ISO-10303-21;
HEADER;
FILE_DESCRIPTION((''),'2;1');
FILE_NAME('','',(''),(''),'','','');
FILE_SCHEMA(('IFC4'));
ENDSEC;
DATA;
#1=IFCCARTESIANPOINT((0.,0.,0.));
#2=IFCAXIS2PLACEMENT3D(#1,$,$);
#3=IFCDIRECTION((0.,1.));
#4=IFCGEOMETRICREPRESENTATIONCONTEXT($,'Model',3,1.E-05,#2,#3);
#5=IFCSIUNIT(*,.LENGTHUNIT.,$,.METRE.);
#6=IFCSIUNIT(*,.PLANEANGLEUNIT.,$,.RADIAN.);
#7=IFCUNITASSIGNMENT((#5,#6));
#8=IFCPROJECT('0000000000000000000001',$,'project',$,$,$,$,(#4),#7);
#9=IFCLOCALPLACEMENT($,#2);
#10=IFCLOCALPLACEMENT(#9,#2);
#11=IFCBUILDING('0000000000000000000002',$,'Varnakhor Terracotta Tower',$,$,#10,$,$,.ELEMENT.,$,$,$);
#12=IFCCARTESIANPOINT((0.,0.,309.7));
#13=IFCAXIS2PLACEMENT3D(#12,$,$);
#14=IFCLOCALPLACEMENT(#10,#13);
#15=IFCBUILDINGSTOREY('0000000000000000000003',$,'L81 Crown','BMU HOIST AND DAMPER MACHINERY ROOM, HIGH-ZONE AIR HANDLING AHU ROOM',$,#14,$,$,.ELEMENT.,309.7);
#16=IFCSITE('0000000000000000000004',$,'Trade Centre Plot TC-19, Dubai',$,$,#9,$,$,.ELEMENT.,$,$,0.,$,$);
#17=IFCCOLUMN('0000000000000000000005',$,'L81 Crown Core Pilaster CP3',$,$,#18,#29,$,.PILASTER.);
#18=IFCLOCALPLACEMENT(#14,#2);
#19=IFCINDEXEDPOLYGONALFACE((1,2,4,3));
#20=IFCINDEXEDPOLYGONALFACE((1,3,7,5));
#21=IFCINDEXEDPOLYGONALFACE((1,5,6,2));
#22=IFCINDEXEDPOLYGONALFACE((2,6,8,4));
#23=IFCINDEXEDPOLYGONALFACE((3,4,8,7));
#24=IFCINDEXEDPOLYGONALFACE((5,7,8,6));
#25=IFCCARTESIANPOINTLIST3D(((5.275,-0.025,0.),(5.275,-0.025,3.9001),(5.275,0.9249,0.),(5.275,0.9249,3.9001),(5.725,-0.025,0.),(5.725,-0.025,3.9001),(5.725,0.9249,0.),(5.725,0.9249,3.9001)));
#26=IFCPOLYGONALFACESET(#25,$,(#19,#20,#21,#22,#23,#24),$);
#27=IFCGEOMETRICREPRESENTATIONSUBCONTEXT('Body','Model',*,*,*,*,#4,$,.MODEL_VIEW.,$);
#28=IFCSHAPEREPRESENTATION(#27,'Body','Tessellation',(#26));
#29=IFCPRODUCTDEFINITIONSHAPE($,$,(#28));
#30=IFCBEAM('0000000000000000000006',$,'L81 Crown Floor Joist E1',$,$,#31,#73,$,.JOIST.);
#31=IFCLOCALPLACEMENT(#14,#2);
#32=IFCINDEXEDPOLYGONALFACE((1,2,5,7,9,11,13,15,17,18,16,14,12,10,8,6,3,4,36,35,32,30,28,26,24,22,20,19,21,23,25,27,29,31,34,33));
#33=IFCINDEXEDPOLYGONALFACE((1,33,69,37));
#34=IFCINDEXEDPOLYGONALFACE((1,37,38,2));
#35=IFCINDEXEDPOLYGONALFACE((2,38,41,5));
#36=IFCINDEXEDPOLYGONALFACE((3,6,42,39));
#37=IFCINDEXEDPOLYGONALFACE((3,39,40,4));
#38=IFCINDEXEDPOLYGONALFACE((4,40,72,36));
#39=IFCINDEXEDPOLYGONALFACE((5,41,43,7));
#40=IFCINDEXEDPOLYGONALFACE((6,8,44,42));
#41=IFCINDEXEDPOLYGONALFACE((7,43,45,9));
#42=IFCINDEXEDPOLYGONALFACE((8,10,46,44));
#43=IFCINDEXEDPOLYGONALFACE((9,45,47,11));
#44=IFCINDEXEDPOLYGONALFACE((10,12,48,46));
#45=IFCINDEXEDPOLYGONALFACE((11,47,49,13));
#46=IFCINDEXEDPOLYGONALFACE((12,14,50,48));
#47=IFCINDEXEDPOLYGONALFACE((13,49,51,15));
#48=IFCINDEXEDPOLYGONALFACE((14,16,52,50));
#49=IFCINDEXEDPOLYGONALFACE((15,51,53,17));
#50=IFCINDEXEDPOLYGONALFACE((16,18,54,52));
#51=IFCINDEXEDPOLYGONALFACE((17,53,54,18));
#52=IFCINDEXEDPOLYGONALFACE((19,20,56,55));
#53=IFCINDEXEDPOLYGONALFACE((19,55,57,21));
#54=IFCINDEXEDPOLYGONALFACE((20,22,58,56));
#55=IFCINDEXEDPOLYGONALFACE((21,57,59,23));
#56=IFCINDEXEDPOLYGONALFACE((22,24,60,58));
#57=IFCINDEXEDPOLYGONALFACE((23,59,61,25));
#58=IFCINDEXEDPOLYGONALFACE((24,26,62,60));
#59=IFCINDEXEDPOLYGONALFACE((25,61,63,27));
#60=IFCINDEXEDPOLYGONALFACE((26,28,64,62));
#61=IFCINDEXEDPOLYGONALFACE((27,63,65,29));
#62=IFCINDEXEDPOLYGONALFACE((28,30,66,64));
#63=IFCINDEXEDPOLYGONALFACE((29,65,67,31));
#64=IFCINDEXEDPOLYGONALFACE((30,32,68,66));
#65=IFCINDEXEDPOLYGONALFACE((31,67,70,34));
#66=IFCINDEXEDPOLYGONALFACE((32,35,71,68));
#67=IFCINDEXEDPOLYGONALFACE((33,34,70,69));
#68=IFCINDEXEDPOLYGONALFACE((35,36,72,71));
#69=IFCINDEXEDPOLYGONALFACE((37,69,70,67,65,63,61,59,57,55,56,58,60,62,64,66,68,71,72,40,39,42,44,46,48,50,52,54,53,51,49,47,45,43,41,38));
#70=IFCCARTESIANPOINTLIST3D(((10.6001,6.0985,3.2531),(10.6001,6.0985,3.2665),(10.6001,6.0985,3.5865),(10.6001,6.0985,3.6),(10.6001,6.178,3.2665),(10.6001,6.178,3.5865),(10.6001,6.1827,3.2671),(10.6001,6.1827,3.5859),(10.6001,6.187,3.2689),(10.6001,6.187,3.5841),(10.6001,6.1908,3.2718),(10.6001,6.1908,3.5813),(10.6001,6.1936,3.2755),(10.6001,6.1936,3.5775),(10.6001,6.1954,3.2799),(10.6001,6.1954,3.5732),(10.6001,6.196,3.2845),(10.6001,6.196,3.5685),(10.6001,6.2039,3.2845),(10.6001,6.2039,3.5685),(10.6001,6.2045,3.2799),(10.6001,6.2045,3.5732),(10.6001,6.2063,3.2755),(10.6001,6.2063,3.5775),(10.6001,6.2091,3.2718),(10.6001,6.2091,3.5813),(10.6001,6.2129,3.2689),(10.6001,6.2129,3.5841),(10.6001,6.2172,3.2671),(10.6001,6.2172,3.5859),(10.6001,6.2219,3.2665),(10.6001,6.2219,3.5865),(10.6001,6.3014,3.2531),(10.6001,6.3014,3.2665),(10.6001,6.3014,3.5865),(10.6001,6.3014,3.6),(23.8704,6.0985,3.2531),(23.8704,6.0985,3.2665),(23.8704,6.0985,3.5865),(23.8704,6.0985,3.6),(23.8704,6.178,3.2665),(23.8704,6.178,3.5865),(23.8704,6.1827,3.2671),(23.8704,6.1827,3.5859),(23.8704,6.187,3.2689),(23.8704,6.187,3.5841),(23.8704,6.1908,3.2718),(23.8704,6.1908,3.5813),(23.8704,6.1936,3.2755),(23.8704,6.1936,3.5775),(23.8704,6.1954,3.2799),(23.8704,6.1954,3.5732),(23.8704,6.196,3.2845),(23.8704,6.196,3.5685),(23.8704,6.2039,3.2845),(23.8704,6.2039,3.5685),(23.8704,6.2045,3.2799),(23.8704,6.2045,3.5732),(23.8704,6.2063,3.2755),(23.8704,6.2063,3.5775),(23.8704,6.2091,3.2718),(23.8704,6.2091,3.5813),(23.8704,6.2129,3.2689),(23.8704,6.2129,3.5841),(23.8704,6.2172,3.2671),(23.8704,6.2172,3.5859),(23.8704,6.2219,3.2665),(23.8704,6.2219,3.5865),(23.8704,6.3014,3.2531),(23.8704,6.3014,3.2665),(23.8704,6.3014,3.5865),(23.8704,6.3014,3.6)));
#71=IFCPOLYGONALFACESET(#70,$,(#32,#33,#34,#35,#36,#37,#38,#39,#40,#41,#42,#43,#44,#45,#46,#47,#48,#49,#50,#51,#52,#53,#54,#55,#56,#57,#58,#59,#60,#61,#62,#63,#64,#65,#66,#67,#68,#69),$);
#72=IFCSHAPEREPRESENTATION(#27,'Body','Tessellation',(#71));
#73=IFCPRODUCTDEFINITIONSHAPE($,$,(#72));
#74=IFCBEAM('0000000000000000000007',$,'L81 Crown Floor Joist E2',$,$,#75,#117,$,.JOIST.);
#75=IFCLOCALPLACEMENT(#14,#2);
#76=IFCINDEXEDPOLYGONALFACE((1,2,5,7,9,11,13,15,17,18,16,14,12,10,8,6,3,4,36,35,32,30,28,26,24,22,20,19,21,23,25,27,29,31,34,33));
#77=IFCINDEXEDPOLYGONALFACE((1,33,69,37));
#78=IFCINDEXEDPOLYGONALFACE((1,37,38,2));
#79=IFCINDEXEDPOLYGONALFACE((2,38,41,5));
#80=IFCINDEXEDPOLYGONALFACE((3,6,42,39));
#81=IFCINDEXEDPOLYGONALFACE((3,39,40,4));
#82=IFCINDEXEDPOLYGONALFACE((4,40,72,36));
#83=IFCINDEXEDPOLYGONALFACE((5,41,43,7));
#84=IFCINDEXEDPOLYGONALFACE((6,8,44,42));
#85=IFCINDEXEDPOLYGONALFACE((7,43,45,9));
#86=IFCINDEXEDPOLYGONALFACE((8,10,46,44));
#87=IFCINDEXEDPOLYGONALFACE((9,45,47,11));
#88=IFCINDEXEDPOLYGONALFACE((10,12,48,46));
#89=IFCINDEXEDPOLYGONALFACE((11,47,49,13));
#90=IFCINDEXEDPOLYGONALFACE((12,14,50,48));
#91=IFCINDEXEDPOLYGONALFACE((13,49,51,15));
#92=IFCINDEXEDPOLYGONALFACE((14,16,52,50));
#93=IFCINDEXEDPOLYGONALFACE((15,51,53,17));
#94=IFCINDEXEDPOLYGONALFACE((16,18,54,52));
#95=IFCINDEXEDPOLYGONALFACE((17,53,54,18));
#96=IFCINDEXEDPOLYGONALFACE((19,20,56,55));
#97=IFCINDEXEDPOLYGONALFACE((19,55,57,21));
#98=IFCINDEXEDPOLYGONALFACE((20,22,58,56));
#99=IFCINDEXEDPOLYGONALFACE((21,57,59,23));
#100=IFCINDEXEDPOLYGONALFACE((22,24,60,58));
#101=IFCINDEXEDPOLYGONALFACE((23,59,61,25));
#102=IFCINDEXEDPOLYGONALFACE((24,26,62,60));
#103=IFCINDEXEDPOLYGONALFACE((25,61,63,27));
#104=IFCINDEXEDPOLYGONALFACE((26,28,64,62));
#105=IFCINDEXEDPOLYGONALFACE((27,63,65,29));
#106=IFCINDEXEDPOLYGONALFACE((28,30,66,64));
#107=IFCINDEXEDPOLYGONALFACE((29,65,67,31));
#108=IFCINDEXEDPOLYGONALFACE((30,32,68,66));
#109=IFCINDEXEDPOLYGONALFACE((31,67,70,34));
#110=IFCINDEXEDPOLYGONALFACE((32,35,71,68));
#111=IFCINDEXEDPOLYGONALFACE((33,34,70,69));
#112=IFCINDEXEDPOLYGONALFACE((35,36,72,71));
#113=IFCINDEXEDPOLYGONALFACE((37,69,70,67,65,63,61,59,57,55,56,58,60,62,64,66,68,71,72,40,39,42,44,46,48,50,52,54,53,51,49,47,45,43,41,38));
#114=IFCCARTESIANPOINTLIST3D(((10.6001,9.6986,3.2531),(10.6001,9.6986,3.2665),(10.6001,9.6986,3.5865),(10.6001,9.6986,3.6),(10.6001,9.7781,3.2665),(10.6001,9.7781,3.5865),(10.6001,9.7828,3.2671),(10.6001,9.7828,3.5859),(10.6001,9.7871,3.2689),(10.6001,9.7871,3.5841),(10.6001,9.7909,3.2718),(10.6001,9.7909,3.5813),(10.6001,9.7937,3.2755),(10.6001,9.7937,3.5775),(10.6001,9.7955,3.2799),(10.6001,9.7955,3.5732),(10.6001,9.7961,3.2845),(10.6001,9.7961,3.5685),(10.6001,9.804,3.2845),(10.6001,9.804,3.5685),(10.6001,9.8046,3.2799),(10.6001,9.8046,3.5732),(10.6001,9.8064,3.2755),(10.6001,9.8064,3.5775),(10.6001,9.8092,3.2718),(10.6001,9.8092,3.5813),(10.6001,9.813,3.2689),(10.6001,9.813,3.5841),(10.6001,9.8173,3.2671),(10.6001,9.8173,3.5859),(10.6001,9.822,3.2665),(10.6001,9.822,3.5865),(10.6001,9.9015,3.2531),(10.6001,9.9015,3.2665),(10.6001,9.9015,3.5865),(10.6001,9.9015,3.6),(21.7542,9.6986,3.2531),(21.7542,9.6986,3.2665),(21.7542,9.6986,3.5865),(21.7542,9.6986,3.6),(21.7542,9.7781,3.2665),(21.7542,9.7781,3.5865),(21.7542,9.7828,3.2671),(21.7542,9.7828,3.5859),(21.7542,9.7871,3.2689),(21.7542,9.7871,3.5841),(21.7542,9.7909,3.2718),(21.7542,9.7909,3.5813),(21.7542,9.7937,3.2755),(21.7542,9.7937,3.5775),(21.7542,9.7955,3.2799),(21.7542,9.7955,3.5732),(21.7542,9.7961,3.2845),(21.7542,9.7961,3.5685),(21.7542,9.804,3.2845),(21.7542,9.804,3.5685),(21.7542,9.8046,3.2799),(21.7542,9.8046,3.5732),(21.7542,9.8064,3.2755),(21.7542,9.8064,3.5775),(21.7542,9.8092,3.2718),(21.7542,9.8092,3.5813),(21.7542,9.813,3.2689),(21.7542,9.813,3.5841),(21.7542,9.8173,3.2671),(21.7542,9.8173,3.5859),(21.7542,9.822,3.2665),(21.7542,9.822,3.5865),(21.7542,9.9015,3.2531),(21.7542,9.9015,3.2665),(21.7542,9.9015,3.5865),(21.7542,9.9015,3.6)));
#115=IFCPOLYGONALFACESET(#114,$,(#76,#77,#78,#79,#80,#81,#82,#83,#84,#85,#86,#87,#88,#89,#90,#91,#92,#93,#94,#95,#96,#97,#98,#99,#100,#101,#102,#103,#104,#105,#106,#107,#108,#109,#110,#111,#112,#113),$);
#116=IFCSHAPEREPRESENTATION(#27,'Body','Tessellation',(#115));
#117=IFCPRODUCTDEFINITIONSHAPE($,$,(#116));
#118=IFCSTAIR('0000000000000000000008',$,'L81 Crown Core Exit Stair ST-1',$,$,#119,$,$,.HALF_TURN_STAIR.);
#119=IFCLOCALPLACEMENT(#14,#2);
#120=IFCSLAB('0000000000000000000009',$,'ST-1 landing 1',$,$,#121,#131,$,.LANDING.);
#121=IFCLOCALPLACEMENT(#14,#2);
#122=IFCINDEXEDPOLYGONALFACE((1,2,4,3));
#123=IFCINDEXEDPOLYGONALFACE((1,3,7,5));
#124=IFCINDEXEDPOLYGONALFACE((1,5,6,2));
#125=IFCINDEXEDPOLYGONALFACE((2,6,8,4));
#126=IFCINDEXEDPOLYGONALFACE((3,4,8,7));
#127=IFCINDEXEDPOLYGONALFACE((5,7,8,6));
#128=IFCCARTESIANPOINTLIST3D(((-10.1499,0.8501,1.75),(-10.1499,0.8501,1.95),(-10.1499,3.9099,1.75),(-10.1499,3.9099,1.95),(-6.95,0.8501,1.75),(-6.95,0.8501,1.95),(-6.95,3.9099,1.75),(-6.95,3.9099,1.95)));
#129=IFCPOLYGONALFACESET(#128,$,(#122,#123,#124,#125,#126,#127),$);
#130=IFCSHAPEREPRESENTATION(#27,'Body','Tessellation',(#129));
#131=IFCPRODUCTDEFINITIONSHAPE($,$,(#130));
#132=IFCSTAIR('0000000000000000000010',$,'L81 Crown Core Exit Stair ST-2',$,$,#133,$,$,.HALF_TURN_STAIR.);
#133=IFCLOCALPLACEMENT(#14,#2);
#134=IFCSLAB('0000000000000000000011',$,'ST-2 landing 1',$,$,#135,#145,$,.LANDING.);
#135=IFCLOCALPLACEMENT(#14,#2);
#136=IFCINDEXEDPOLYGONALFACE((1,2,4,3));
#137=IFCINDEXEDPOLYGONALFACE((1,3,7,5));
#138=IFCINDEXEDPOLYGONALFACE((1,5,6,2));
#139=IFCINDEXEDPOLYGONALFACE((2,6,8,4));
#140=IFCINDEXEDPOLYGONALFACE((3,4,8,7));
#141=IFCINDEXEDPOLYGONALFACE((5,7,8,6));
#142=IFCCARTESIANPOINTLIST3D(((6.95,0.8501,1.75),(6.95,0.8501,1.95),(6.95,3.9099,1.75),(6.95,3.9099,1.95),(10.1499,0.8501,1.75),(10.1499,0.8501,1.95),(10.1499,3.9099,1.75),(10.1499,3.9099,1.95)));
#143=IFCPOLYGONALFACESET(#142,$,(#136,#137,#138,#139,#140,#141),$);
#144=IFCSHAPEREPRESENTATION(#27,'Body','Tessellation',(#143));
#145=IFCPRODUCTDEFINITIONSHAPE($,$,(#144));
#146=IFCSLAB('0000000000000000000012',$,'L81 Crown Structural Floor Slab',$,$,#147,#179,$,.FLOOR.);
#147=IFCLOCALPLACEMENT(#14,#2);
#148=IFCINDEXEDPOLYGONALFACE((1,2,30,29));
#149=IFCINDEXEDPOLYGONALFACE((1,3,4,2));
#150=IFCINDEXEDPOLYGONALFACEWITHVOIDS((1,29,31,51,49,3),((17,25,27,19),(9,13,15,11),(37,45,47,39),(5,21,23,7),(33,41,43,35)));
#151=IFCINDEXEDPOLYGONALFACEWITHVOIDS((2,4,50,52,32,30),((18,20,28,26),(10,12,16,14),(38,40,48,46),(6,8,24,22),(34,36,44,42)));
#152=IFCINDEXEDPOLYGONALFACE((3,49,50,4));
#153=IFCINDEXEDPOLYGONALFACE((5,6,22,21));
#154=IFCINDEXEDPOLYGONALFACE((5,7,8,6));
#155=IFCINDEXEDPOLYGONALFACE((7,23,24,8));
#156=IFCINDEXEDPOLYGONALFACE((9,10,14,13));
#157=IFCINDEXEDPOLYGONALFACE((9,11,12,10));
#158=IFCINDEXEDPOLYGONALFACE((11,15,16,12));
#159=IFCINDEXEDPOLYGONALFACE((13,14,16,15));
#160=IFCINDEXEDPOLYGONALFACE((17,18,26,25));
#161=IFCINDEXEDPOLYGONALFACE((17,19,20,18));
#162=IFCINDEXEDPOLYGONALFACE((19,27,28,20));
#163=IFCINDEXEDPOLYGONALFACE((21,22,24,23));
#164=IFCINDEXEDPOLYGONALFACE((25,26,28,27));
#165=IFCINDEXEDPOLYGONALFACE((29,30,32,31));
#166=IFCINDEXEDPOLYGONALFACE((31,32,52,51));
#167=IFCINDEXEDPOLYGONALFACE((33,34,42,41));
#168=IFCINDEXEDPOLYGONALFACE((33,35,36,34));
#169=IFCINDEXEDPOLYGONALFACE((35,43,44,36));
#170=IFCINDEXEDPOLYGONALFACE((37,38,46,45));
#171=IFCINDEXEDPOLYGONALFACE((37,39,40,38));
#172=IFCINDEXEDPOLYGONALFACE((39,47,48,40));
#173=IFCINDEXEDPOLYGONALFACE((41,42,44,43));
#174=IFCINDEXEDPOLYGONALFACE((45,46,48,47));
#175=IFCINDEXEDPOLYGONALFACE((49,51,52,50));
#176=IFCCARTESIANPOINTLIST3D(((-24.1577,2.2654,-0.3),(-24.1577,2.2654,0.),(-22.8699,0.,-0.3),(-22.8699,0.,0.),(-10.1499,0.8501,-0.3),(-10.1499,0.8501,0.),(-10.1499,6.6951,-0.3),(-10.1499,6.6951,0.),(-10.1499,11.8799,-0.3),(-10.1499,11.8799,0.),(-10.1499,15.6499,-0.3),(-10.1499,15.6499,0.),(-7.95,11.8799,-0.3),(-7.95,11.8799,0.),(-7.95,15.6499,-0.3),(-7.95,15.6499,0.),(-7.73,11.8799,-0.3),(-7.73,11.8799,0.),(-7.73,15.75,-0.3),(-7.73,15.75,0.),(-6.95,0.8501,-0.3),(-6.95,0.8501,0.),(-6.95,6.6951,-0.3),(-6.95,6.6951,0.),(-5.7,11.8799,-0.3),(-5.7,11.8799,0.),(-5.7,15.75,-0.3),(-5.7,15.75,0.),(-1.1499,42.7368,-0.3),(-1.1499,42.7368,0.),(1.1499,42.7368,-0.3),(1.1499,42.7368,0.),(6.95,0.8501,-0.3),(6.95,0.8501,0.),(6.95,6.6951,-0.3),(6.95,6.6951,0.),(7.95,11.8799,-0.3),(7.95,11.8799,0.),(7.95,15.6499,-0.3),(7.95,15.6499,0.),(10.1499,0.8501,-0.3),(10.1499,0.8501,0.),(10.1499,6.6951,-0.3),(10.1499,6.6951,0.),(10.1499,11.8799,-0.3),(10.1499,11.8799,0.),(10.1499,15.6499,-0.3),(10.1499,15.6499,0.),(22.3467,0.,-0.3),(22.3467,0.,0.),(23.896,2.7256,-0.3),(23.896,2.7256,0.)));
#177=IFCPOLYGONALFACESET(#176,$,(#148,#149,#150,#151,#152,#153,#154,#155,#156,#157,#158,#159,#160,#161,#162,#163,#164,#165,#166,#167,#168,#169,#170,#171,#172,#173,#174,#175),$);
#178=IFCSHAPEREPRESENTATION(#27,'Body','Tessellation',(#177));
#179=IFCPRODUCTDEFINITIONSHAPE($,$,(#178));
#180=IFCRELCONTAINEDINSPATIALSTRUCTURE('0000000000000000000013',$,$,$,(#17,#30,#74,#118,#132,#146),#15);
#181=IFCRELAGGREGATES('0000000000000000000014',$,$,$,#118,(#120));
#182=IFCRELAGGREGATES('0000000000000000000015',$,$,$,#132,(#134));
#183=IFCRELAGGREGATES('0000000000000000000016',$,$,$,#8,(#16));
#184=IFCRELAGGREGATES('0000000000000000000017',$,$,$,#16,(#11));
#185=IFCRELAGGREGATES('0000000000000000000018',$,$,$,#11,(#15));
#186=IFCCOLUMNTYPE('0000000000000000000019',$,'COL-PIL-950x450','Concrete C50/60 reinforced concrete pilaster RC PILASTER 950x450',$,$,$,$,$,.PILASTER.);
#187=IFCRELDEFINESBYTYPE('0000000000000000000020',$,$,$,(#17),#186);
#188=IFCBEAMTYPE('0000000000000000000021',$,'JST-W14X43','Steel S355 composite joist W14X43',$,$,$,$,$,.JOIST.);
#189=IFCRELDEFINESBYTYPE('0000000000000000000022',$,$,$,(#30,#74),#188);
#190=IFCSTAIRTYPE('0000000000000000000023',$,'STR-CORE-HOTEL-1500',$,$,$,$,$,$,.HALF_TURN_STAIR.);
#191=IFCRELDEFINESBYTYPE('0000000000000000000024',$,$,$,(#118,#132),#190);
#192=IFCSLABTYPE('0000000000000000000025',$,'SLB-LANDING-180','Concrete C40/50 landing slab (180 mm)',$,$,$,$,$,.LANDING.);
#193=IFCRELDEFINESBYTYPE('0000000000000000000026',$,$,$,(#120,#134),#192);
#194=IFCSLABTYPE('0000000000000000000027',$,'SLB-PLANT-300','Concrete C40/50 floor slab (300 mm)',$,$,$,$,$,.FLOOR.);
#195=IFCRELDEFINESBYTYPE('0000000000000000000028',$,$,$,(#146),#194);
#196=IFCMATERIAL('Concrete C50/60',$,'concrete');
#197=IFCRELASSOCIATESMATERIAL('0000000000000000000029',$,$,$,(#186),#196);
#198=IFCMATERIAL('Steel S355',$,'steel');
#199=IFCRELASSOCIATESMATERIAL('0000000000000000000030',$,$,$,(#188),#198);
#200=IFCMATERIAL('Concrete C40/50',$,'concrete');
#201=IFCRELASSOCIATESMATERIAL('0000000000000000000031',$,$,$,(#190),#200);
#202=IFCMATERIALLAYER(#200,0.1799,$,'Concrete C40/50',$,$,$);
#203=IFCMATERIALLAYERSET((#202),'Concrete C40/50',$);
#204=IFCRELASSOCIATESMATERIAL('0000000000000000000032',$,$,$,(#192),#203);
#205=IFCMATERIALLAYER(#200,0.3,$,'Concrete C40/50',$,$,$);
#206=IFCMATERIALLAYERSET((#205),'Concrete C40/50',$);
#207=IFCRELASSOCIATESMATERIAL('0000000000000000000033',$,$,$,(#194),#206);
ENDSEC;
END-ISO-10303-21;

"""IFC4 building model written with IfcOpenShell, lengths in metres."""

from ifc_helpers import new_model, si_unit, direction, frame, origin, origin_2d, place, context, subcontext, project, spatial, polyline, rectangle, i_section, outline, extrude, source, transform, mapped, material, layer, layer_set, material_profile, profile_set, type_object, element, aggregate, save


model = new_model("IFC4")

# Units and contexts
model_context = context("Model", 3, precision=1e-05, world=origin(), true_north=direction((0.0, 1.0)))
body_context = subcontext(model_context, "Body", "Model", "MODEL_VIEW")
ifc_project = project(units=[si_unit("LENGTHUNIT", "METRE"), si_unit("PLANEANGLEUNIT", "RADIAN")], contexts=[model_context])

# Site, building, storey
site_placement = place(None, origin())
site = spatial("IfcSite", under=ifc_project, at=site_placement, Name="Trade Centre Plot TC-19, Dubai", CompositionType="ELEMENT", RefElevation=0.0)
building_placement = place(site_placement, origin())
building = spatial("IfcBuilding", under=site, at=building_placement, Name="Varnakhor Terracotta Tower", CompositionType="ELEMENT")
storey_placement = place(building_placement, frame((0.0, 0.0, 309.7)))
storey = spatial("IfcBuildingStorey", under=building, at=storey_placement, Name="L81 Crown", Description="BMU HOIST AND DAMPER MACHINERY ROOM, HIGH-ZONE AIR HANDLING AHU ROOM", CompositionType="ELEMENT", Elevation=309.7)

# Column
ifc_material_1 = material(Name="Concrete C50/60", Category="concrete")
ifc_material_profile_1 = material_profile(ifc_material_1, rectangle(XDim=0.45, YDim=0.95, at=origin_2d()), Name="RC PILASTER 950x450")
ifc_profile_set_1 = profile_set([ifc_material_profile_1], Name="Concrete C50/60")
column_type = type_object("IfcColumnType", Name="COL-PIL-950x450", Description="Concrete C50/60 reinforced concrete pilaster RC PILASTER 950x450", PredefinedType="PILASTER", material=ifc_profile_set_1)
shared_shape_1 = source(origin(), body_context, "Body", "SweptSolid", [
    extrude(rectangle(XDim=0.45, YDim=0.95, at=origin_2d()), origin(), (0.0, 0.0, 1.0), 3.9001),
])
column_placement = place(storey_placement, frame((5.5, 0.45, 0.0), z_axis=(0.0, 0.0, 1.0), x_axis=(1.0, 0.0, 0.0)))
element("IfcColumn", 1, at=column_placement, inside=storey, type_object=column_type, Name="L81 Crown Core Pilaster CP3", PredefinedType="PILASTER", context=body_context, shape_type="MappedRepresentation", body=[
    mapped(shared_shape_1, transform((0.0, 0.0, 0.0), scale=1.0)),
])

# Beams
ifc_material_2 = material(Name="Steel S355", Category="steel")
ifc_material_profile_2 = material_profile(ifc_material_2, i_section(OverallWidth=0.2029, OverallDepth=0.3469, WebThickness=0.0078, FlangeThickness=0.0134, FilletRadius=0.0181, at=origin_2d()), Name="W14X43")
ifc_profile_set_2 = profile_set([ifc_material_profile_2], Name="Steel S355")
beam_type = type_object("IfcBeamType", Name="JST-W14X43", Description="Steel S355 composite joist W14X43", PredefinedType="JOIST", material=ifc_profile_set_2)
shared_shape_2 = source(origin(), body_context, "Body", "SweptSolid", [
    extrude(i_section(OverallWidth=0.2029, OverallDepth=0.3469, WebThickness=0.0078, FlangeThickness=0.0134, FilletRadius=0.0181, at=origin_2d()), origin(), (0.0, 0.0, 1.0), 13.2703),
])
beam_1_placement = place(storey_placement, frame((10.6001, 6.2, 3.4265), z_axis=(1.0, 0.0, 0.0), x_axis=(0.0, 1.0, 0.0)))
element("IfcBeam", 2, at=beam_1_placement, inside=storey, type_object=beam_type, Name="L81 Crown Floor Joist E1", PredefinedType="JOIST", context=body_context, shape_type="MappedRepresentation", body=[
    mapped(shared_shape_2, transform((0.0, 0.0, 0.0), scale=1.0)),
])
shared_shape_3 = source(origin(), body_context, "Body", "SweptSolid", [
    extrude(i_section(OverallWidth=0.2029, OverallDepth=0.3469, WebThickness=0.0078, FlangeThickness=0.0134, FilletRadius=0.0181, at=origin_2d()), origin(), (0.0, 0.0, 1.0), 11.1541),
])
beam_2_placement = place(storey_placement, frame((10.6001, 9.8, 3.4265), z_axis=(1.0, 0.0, 0.0), x_axis=(0.0, 1.0, 0.0)))
element("IfcBeam", 3, at=beam_2_placement, inside=storey, type_object=beam_type, Name="L81 Crown Floor Joist E2", PredefinedType="JOIST", context=body_context, shape_type="MappedRepresentation", body=[
    mapped(shared_shape_3, transform((0.0, 0.0, 0.0), scale=1.0)),
])

# Stairs, slabs
ifc_material_3 = material(Name="Concrete C40/50", Category="concrete")
stair_type = type_object("IfcStairType", Name="STR-CORE-HOTEL-1500", PredefinedType="HALF_TURN_STAIR", material=ifc_material_3)
stair_1_placement = place(storey_placement, origin())
stair_1 = element("IfcStair", 4, at=stair_1_placement, inside=storey, type_object=stair_type, Name="L81 Crown Core Exit Stair ST-1", PredefinedType="HALF_TURN_STAIR")
ifc_layer_1 = layer(ifc_material_3, 0.1799, Name="Concrete C40/50")
ifc_layer_set_1 = layer_set([ifc_layer_1], Name="Concrete C40/50")
slab_type_1 = type_object("IfcSlabType", Name="SLB-LANDING-180", Description="Concrete C40/50 landing slab (180 mm)", PredefinedType="LANDING", material=ifc_layer_set_1)
slab_1_placement = place(storey_placement, frame((0.0, 0.0, 1.75)))
slab_1 = element("IfcSlab", 5, at=slab_1_placement, type_object=slab_type_1, Name="ST-1 landing 1", PredefinedType="LANDING", context=body_context, shape_type="SweptSolid", body=[
    extrude(outline(polyline([(-10.1499, 3.9099), (-10.1499, 0.8501), (-6.95, 0.8501), (-6.95, 3.9099), (-10.1499, 3.9099)])), origin(), (0.0, 0.0, 1.0), 0.2),
])
aggregate(stair_1, [slab_1])
stair_2_placement = place(storey_placement, origin())
stair_2 = element("IfcStair", 6, at=stair_2_placement, inside=storey, type_object=stair_type, Name="L81 Crown Core Exit Stair ST-2", PredefinedType="HALF_TURN_STAIR")
slab_2_placement = place(storey_placement, frame((0.0, 0.0, 1.75)))
slab_2 = element("IfcSlab", 7, at=slab_2_placement, type_object=slab_type_1, Name="ST-2 landing 1", PredefinedType="LANDING", context=body_context, shape_type="SweptSolid", body=[
    extrude(outline(polyline([(6.95, 3.9099), (6.95, 0.8501), (10.1499, 0.8501), (10.1499, 3.9099), (6.95, 3.9099)])), origin(), (0.0, 0.0, 1.0), 0.2),
])

# Slab
ifc_layer_2 = layer(ifc_material_3, 0.3, Name="Concrete C40/50")
ifc_layer_set_2 = layer_set([ifc_layer_2], Name="Concrete C40/50")
slab_type_2 = type_object("IfcSlabType", Name="SLB-PLANT-300", Description="Concrete C40/50 floor slab (300 mm)", PredefinedType="FLOOR", material=ifc_layer_set_2)
slab_3_placement = place(storey_placement, frame((0.0, 0.0, -0.3)))
element("IfcSlab", 8, at=slab_3_placement, inside=storey, type_object=slab_type_2, Name="L81 Crown Structural Floor Slab", PredefinedType="FLOOR", context=body_context, shape_type="SweptSolid", body=[
    extrude(outline(polyline([(-1.1499, 42.7368), (1.1499, 42.7368), (23.896, 2.7256), (22.3467, 0.0), (-22.8699, 0.0), (-24.1577, 2.2654), (-1.1499, 42.7368)]), holes=[polyline([(-6.95, 6.6951), (-10.1499, 6.6951), (-10.1499, 0.8501), (-6.95, 0.8501), (-6.95, 6.6951)]), polyline([(10.1499, 6.6951), (6.95, 6.6951), (6.95, 0.8501), (10.1499, 0.8501), (10.1499, 6.6951)]), polyline([(-7.95, 15.6499), (-10.1499, 15.6499), (-10.1499, 11.8799), (-7.95, 11.8799), (-7.95, 15.6499)]), polyline([(10.1499, 11.8799), (10.1499, 15.6499), (7.95, 15.6499), (7.95, 11.8799), (10.1499, 11.8799)]), polyline([(-5.7, 11.8799), (-5.7, 15.75), (-7.73, 15.75), (-7.73, 11.8799), (-5.7, 11.8799)])]), origin(), (0.0, 0.0, 1.0), 0.3),
])

aggregate(stair_2, [slab_2])

save(model, "model.ifc")
